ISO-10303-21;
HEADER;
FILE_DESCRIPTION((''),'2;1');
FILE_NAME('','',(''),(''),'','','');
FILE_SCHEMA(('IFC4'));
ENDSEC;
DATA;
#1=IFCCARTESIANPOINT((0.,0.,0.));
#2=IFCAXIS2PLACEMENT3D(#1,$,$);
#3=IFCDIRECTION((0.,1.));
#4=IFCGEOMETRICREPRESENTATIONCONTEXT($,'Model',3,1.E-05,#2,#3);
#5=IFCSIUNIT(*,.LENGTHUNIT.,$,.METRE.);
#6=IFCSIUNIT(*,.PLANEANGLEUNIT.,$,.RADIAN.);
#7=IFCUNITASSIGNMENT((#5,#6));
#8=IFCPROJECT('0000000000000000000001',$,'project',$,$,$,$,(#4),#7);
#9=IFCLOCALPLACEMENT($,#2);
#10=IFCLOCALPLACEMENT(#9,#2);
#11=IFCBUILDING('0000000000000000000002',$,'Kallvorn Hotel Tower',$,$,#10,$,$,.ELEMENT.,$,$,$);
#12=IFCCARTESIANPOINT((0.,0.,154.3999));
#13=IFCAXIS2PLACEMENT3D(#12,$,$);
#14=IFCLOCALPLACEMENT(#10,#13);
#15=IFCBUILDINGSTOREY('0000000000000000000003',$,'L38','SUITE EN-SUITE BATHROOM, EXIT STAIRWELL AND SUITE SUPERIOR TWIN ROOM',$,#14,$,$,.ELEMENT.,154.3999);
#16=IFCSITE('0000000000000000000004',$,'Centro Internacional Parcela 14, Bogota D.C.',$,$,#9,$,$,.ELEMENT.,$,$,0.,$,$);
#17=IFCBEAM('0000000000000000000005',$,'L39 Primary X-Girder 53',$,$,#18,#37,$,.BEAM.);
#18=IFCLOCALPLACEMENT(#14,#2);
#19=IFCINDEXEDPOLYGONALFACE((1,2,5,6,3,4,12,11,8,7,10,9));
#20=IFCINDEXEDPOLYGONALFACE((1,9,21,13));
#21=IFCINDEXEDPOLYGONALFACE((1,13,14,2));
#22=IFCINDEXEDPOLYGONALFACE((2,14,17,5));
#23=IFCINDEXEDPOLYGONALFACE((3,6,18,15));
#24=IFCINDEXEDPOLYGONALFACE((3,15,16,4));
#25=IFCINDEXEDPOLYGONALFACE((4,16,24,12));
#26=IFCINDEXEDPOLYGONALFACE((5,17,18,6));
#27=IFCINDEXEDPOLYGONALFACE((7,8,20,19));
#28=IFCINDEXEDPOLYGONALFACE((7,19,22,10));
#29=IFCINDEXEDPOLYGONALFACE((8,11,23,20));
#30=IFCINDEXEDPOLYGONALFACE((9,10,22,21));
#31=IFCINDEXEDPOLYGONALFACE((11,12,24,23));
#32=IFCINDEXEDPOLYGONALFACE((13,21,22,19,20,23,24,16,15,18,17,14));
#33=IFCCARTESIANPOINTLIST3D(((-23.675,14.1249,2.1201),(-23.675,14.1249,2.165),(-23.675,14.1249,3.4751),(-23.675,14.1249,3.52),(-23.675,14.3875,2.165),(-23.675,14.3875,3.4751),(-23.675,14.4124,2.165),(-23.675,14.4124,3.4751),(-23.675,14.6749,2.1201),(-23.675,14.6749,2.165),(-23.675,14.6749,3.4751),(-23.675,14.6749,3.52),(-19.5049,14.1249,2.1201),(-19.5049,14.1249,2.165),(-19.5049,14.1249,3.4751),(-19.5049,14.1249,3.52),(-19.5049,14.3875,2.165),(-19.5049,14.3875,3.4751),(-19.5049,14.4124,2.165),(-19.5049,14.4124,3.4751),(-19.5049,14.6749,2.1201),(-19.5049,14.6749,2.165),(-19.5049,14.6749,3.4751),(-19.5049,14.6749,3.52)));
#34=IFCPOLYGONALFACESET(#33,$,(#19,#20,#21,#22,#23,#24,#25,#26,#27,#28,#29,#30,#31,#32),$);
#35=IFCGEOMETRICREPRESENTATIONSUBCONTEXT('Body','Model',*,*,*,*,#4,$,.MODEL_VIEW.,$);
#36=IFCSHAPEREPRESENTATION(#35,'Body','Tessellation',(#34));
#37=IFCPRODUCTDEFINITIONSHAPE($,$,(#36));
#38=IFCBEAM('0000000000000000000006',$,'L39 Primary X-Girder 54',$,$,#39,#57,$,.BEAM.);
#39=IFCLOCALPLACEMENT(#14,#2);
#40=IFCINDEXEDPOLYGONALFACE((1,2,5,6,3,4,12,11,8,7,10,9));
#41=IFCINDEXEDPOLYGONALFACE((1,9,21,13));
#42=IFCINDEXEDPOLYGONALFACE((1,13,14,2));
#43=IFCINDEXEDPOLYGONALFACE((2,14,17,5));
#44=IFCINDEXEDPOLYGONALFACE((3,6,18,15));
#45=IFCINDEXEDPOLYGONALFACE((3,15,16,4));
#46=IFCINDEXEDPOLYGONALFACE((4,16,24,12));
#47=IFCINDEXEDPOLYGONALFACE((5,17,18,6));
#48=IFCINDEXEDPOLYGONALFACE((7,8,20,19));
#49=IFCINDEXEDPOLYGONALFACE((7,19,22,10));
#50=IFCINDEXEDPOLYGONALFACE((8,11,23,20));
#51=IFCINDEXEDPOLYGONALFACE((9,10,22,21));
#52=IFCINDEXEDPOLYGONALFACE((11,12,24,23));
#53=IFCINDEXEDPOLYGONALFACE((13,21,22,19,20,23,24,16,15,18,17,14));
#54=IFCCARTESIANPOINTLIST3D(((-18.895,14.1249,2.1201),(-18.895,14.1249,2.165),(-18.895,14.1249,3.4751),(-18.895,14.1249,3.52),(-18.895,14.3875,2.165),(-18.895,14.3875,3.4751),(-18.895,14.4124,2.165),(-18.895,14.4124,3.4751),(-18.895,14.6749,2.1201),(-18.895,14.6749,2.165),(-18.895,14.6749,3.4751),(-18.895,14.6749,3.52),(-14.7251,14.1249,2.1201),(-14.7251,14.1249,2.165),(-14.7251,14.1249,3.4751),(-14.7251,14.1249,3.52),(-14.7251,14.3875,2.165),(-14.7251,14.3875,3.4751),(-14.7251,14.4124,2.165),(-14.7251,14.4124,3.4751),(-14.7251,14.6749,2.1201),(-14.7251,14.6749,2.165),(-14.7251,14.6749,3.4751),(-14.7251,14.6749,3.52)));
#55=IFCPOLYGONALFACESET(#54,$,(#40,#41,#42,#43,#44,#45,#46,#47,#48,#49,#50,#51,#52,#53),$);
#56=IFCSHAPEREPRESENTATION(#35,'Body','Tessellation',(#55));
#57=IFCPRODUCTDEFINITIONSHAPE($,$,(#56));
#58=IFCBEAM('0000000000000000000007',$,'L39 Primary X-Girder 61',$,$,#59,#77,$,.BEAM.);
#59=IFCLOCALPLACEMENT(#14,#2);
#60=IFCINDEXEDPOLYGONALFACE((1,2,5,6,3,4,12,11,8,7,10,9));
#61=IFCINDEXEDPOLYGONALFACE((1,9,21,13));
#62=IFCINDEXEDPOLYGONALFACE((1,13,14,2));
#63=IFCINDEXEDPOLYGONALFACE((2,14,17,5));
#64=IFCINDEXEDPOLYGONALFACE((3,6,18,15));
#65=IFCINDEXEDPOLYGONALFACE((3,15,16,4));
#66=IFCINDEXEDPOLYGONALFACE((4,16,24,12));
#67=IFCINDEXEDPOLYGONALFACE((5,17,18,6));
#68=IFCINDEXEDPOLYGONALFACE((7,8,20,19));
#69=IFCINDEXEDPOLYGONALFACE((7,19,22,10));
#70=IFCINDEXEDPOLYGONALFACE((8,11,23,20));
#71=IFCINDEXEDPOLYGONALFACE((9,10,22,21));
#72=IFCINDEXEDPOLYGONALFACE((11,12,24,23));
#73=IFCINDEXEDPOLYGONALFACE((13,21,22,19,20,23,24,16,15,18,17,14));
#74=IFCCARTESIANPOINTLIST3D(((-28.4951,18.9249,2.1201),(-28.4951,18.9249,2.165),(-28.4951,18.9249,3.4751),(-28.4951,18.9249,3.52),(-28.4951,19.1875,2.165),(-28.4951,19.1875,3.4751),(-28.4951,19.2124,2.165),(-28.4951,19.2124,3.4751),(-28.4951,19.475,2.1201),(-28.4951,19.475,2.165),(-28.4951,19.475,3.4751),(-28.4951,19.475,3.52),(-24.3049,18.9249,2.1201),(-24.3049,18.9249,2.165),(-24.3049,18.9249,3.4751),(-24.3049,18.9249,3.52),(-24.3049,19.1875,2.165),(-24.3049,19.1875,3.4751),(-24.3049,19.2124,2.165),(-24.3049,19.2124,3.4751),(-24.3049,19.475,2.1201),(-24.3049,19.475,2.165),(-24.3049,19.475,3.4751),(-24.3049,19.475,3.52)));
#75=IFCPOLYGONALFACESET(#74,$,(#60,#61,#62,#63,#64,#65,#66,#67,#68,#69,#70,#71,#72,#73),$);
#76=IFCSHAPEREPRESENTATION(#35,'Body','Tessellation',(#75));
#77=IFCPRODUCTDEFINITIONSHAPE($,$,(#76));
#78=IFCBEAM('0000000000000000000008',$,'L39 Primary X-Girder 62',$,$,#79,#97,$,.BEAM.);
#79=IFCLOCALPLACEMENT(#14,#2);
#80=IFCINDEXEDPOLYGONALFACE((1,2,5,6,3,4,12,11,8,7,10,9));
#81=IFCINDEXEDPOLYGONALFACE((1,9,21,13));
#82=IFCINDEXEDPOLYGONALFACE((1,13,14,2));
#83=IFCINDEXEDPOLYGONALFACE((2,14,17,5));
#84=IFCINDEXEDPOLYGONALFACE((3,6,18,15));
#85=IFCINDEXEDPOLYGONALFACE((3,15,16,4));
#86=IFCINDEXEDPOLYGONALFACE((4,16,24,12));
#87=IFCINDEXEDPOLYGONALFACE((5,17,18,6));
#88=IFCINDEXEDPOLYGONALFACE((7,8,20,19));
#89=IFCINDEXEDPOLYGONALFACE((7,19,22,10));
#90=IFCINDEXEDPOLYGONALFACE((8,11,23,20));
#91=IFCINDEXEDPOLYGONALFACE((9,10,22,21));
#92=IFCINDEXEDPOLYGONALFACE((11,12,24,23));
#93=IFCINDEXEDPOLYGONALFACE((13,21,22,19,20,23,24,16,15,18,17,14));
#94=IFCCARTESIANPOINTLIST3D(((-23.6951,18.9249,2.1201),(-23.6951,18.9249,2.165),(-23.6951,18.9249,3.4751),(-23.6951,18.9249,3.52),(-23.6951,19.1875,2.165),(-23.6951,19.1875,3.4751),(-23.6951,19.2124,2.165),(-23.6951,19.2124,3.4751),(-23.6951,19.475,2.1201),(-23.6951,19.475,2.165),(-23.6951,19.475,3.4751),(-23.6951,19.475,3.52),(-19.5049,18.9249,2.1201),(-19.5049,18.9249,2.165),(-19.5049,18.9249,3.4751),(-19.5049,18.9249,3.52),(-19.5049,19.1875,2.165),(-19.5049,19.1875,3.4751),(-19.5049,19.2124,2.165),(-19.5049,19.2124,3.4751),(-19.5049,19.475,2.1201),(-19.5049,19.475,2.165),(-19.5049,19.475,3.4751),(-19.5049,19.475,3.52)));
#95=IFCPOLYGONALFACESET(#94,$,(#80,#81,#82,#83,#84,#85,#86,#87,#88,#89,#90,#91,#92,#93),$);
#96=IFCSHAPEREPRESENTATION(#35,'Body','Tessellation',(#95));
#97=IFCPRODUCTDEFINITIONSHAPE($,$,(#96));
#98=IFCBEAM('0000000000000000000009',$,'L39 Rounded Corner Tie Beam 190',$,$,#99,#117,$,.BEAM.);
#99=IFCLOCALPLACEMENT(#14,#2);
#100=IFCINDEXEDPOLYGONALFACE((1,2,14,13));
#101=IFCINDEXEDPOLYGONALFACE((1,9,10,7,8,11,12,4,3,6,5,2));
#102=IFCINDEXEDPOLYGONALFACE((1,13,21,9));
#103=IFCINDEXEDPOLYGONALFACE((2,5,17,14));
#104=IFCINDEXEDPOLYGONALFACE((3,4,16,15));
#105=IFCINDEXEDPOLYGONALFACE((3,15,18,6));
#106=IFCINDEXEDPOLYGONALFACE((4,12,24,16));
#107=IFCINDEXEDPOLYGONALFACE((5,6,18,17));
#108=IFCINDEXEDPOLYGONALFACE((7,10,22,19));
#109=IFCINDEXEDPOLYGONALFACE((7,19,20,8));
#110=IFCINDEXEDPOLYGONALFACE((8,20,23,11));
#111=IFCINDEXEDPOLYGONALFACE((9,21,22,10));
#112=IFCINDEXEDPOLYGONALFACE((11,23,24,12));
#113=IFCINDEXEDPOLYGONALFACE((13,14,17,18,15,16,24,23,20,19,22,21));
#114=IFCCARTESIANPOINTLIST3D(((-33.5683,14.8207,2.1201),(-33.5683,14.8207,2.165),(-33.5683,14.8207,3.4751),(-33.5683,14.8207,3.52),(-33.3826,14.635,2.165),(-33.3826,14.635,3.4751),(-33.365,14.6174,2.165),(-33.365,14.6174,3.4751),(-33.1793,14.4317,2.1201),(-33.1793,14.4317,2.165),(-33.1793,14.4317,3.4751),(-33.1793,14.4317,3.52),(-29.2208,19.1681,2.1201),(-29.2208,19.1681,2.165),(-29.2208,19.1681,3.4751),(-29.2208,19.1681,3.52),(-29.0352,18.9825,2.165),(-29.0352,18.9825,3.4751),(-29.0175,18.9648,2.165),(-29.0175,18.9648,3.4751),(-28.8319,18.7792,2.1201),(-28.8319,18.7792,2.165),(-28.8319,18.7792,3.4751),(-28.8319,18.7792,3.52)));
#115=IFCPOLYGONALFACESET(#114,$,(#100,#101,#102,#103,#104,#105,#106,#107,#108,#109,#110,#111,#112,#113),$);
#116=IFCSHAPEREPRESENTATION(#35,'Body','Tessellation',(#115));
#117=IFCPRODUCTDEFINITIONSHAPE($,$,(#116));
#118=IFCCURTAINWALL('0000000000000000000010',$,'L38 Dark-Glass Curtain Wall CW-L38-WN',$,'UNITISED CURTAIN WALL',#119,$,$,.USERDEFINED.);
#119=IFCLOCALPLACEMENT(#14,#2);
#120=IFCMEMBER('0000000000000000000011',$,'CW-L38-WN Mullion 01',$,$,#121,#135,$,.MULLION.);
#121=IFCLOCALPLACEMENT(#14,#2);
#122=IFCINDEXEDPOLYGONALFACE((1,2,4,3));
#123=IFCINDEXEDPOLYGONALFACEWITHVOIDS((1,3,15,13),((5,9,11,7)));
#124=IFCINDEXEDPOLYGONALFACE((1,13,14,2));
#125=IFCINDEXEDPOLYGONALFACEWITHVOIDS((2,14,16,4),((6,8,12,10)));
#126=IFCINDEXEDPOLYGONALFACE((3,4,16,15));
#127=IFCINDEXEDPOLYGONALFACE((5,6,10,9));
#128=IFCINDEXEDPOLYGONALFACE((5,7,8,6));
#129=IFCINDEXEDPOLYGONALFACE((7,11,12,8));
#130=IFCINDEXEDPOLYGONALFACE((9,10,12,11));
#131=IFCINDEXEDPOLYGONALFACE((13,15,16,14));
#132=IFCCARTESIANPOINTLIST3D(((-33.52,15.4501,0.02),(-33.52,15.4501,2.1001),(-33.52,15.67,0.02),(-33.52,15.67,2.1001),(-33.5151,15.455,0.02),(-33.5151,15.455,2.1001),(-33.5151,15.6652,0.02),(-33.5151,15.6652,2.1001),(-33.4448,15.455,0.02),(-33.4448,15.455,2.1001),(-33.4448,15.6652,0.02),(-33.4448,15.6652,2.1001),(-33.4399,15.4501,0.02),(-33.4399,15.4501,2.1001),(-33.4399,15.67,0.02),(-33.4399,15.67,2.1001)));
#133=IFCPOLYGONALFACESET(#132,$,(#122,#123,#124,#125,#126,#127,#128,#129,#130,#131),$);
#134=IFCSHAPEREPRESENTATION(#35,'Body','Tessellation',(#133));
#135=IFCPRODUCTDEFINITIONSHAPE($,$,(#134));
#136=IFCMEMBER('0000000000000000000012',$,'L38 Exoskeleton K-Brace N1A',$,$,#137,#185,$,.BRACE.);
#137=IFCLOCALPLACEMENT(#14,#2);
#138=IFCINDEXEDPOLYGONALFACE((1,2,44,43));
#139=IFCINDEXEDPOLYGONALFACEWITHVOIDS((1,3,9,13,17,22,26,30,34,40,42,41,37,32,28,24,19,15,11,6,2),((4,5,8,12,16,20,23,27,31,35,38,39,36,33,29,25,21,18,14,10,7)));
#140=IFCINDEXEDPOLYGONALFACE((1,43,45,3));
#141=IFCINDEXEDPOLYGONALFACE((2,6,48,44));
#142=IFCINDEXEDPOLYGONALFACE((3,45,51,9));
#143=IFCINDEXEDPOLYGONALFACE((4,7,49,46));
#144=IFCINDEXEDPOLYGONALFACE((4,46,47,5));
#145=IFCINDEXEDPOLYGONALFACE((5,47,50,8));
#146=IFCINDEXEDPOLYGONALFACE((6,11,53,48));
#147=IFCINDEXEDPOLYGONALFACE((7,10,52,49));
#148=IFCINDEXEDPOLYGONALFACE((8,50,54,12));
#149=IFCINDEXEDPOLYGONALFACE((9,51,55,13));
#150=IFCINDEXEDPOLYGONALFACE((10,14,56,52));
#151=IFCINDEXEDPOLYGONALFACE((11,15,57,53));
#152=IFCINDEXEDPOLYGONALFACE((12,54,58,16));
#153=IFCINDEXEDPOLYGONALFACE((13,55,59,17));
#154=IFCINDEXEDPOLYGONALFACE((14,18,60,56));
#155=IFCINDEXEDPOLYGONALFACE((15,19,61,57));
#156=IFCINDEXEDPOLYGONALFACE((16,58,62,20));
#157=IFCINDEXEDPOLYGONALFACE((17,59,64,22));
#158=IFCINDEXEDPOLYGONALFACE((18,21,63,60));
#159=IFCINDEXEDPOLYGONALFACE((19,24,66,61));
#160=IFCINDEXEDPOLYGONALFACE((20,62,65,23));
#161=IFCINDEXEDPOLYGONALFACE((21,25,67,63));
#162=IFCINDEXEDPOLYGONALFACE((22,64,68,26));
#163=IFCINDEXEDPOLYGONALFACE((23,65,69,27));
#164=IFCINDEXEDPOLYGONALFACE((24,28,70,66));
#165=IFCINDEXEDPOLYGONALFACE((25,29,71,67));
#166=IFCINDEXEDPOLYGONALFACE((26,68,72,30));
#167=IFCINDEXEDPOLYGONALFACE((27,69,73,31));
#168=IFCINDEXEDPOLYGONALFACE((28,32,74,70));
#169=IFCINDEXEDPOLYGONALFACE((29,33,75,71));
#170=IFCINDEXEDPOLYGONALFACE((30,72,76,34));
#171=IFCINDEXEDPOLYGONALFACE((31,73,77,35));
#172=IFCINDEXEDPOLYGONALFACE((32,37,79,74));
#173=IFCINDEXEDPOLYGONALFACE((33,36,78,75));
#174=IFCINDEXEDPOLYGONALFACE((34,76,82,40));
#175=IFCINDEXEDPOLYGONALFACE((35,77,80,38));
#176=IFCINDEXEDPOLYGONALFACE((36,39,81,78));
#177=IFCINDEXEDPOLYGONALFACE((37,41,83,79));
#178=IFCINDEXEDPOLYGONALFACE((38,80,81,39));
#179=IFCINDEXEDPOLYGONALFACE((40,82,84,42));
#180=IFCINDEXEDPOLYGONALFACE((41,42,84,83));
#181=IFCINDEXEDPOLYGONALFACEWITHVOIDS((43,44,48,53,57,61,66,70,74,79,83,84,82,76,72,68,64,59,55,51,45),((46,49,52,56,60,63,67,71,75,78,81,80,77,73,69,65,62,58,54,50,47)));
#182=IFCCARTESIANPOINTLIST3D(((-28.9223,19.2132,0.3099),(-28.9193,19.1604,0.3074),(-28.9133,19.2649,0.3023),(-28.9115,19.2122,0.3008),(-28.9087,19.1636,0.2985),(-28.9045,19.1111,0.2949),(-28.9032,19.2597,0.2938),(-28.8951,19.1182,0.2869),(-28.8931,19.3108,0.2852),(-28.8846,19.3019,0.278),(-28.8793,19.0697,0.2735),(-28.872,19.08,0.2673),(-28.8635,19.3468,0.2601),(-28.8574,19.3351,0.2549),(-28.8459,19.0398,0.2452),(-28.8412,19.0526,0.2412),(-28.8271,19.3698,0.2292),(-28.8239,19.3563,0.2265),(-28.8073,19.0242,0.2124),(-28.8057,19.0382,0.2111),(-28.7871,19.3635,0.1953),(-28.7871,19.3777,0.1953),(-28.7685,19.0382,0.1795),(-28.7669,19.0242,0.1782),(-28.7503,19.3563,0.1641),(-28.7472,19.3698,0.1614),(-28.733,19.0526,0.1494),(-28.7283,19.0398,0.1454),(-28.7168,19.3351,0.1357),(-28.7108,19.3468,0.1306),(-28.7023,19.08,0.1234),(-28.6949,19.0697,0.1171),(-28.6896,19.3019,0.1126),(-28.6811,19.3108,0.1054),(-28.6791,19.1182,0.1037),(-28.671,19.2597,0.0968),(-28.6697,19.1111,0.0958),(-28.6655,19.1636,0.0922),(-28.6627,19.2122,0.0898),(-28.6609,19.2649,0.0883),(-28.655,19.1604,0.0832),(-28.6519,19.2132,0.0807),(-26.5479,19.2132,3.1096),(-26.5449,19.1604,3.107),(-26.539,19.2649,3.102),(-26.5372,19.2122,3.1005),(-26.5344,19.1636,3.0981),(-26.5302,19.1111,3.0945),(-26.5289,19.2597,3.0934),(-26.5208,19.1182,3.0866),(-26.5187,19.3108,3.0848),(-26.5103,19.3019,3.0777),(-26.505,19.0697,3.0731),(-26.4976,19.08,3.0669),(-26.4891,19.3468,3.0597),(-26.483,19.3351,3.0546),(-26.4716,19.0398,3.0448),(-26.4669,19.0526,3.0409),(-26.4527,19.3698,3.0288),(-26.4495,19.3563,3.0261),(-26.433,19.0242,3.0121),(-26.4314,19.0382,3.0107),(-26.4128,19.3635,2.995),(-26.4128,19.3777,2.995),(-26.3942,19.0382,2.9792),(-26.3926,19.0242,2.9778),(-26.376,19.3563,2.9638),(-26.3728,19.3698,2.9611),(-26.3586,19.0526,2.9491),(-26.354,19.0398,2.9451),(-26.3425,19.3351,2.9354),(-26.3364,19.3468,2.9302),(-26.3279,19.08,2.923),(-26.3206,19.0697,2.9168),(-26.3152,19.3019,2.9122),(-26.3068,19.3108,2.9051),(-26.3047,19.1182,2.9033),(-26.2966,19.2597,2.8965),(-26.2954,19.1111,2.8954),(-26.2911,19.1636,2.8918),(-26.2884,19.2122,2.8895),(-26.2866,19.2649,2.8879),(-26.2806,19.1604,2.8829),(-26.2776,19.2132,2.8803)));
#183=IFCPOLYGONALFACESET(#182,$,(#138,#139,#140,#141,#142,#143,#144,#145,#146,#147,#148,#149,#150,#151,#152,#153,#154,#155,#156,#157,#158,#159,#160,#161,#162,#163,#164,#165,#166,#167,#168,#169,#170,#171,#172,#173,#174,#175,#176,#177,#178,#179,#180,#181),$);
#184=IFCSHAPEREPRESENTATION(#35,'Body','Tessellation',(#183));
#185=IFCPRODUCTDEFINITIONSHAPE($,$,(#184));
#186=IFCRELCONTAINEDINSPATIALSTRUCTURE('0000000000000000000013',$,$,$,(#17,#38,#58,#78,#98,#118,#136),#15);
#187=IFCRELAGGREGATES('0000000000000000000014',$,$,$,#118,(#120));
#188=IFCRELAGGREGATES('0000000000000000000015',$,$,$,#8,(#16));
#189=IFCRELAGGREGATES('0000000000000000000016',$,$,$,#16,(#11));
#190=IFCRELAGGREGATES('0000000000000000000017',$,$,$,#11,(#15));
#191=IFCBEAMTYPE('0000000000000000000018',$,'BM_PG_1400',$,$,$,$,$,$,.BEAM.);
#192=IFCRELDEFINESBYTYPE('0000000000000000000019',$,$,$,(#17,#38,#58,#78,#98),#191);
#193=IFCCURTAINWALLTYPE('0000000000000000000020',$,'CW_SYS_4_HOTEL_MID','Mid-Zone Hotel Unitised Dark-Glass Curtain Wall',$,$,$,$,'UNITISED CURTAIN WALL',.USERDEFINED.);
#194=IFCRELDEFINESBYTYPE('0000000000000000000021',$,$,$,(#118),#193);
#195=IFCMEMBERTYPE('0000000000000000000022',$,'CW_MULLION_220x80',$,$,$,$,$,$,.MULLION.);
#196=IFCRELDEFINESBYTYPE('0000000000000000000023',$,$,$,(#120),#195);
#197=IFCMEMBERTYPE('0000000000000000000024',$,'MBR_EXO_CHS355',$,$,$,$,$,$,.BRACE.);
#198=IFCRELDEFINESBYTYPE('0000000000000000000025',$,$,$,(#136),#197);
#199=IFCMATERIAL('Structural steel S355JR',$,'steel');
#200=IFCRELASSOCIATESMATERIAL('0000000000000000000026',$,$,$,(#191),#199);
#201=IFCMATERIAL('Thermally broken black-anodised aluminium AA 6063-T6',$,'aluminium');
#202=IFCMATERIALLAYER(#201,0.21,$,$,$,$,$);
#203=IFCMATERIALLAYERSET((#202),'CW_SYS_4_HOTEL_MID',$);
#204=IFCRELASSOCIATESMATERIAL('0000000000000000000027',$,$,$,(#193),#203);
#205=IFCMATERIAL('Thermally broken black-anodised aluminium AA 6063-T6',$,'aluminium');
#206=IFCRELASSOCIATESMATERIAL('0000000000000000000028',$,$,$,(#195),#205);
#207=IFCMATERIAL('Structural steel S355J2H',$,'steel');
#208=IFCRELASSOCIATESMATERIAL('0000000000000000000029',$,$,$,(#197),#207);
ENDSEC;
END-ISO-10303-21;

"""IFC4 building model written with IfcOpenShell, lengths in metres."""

from ifc_helpers import new_model, si_unit, direction, frame, origin, origin_2d, place, context, subcontext, project, spatial, hollow_rectangle, hollow_circle, i_section, extrude, material, layer, layer_set, material_profile, profile_set, type_object, element, aggregate, save


model = new_model("IFC4")

# Units and contexts
model_context = context("Model", 3, precision=1e-05, world=origin(), true_north=direction((0.0, 1.0)))
body_context = subcontext(model_context, "Body", "Model", "MODEL_VIEW")
ifc_project = project(units=[si_unit("LENGTHUNIT", "METRE"), si_unit("PLANEANGLEUNIT", "RADIAN")], contexts=[model_context])

# Site, building, storey
site_placement = place(None, origin())
site = spatial("IfcSite", under=ifc_project, at=site_placement, Name="Centro Internacional Parcela 14, Bogota D.C.", CompositionType="ELEMENT", RefElevation=0.0)
building_placement = place(site_placement, origin())
building = spatial("IfcBuilding", under=site, at=building_placement, Name="Kallvorn Hotel Tower", CompositionType="ELEMENT")
storey_placement = place(building_placement, frame((0.0, 0.0, 154.3999)))
storey = spatial("IfcBuildingStorey", under=building, at=storey_placement, Name="L38", Description="SUITE EN-SUITE BATHROOM, EXIT STAIRWELL AND SUITE SUPERIOR TWIN ROOM", CompositionType="ELEMENT", Elevation=154.3999)

# Beams
ifc_material_1 = material(Name="Structural steel S355JR", Category="steel")
ifc_material_profile_1 = material_profile(ifc_material_1, i_section(OverallWidth=0.55, OverallDepth=1.3999, WebThickness=0.0249, FlangeThickness=0.0449, at=origin_2d()), Name="PG 1400x550x25x45")
ifc_profile_set_1 = profile_set([ifc_material_profile_1], Name="Structural steel S355JR")
beam_type_1 = type_object("IfcBeamType", Name="BM_PG_1400", PredefinedType="BEAM", material=ifc_profile_set_1)
for number, where, z_axis, x_axis, name in (
    (1, (-23.675, 14.3999, 2.8201), (1.0, 0.0, 0.0), (0.0, 1.0, 0.0), "L39 Primary X-Girder 53"),
):
    element("IfcBeam", number, at=place(storey_placement, frame(where, z_axis=z_axis, x_axis=x_axis)), inside=storey, type_object=beam_type_1, Name=name, PredefinedType="BEAM", context=body_context, shape_type="SweptSolid", body=[
        extrude(i_section(OverallWidth=0.55, OverallDepth=1.3999, WebThickness=0.0249, FlangeThickness=0.0449, at=origin_2d()), origin(), (0.0, 0.0, 1.0), 4.1702),
    ])
beam_1_placement = place(storey_placement, frame((-18.895, 14.3999, 2.8201), z_axis=(1.0, 0.0, 0.0), x_axis=(0.0, 1.0, 0.0)))
element("IfcBeam", 2, at=beam_1_placement, inside=storey, type_object=beam_type_1, Name="L39 Primary X-Girder 54", PredefinedType="BEAM", context=body_context, shape_type="SweptSolid", body=[
    extrude(i_section(OverallWidth=0.55, OverallDepth=1.3999, WebThickness=0.0249, FlangeThickness=0.0449, at=origin_2d()), origin(), (0.0, 0.0, 1.0), 4.1699),
])
for number, where, z_axis, x_axis, name in (
    (3, (-28.4951, 19.2, 2.8201), (1.0, 0.0, 0.0), (0.0, 1.0, 0.0), "L39 Primary X-Girder 61"),
    (4, (-23.6951, 19.2, 2.8201), (1.0, 0.0, 0.0), (0.0, 1.0, 0.0), "L39 Primary X-Girder 62"),
):
    element("IfcBeam", number, at=place(storey_placement, frame(where, z_axis=z_axis, x_axis=x_axis)), inside=storey, type_object=beam_type_1, Name=name, PredefinedType="BEAM", context=body_context, shape_type="SweptSolid", body=[
        extrude(i_section(OverallWidth=0.55, OverallDepth=1.3999, WebThickness=0.0249, FlangeThickness=0.0449, at=origin_2d()), origin(), (0.0, 0.0, 1.0), 4.1902),
    ])
beam_2_placement = place(storey_placement, frame((-33.3738, 14.6262, 2.8201), z_axis=(0.707107, 0.707107, 0.0), x_axis=(-0.707107, 0.707107, 0.0)))
element("IfcBeam", 5, at=beam_2_placement, inside=storey, type_object=beam_type_1, Name="L39 Rounded Corner Tie Beam 190", PredefinedType="BEAM", context=body_context, shape_type="SweptSolid", body=[
    extrude(i_section(OverallWidth=0.55, OverallDepth=1.3999, WebThickness=0.0249, FlangeThickness=0.0449, at=origin_2d()), origin(), (0.0, 0.0, 1.0), 6.1482),
])

# Curtain wall, member
ifc_material_2 = material(Name="Thermally broken black-anodised aluminium AA 6063-T6", Category="aluminium")
ifc_layer_1 = layer(ifc_material_2, 0.21)
ifc_layer_set_1 = layer_set([ifc_layer_1], Name="CW_SYS_4_HOTEL_MID")
curtain_wall_type = type_object("IfcCurtainWallType", Name="CW_SYS_4_HOTEL_MID", Description="Mid-Zone Hotel Unitised Dark-Glass Curtain Wall", ElementType="UNITISED CURTAIN WALL", PredefinedType="USERDEFINED", material=ifc_layer_set_1)
curtain_wall_placement = place(storey_placement, origin())
curtain_wall = element("IfcCurtainWall", 6, at=curtain_wall_placement, inside=storey, type_object=curtain_wall_type, Name="L38 Dark-Glass Curtain Wall CW-L38-WN", ObjectType="UNITISED CURTAIN WALL", PredefinedType="USERDEFINED")
ifc_material_3 = material(Name="Thermally broken black-anodised aluminium AA 6063-T6", Category="aluminium")
ifc_material_profile_2 = material_profile(ifc_material_3, hollow_rectangle(XDim=0.0801, YDim=0.22, WallThickness=0.0049, at=origin_2d()), Name="MUL 220x80")
ifc_profile_set_2 = profile_set([ifc_material_profile_2], Name="Thermally broken black-anodised aluminium AA 6063-T6")
member_type_1 = type_object("IfcMemberType", Name="CW_MULLION_220x80", PredefinedType="MULLION", material=ifc_profile_set_2)
member_placement = place(storey_placement, frame((-33.48, 15.5601, 0.02), z_axis=(0.0, 0.0, 1.0), x_axis=(1.0, 0.0, 0.0)))
member = element("IfcMember", 7, at=member_placement, type_object=member_type_1, Name="CW-L38-WN Mullion 01", PredefinedType="MULLION", context=body_context, shape_type="SweptSolid", body=[
    extrude(hollow_rectangle(XDim=0.0801, YDim=0.22, WallThickness=0.0049, at=origin_2d()), origin(), (0.0, 0.0, 1.0), 2.0801),
])
aggregate(curtain_wall, [member])

# Member
ifc_material_4 = material(Name="Structural steel S355J2H", Category="steel")
ifc_material_profile_3 = material_profile(ifc_material_4, hollow_circle(Radius=0.1777, WallThickness=0.0142, at=origin_2d()), Name="CHS 355.6x14.2")
ifc_profile_set_3 = profile_set([ifc_material_profile_3], Name="Structural steel S355J2H")
member_type_2 = type_object("IfcMemberType", Name="MBR_EXO_CHS355", PredefinedType="BRACE", material=ifc_profile_set_3)
for number, where, z_axis, x_axis, name in (
    (8, (-28.7871, 19.2, 0.1953), (0.6468, 0.0, 0.762659), (0.0, 1.0, 0.0), "L38 Exoskeleton K-Brace N1A"),
):
    element("IfcMember", number, at=place(storey_placement, frame(where, z_axis=z_axis, x_axis=x_axis)), inside=storey, type_object=member_type_2, Name=name, PredefinedType="BRACE", context=body_context, shape_type="SweptSolid", body=[
        extrude(hollow_circle(Radius=0.1777, WallThickness=0.0142, at=origin_2d()), origin(), (0.0, 0.0, 1.0), 3.6709),
    ])

save(model, "model.ifc")
